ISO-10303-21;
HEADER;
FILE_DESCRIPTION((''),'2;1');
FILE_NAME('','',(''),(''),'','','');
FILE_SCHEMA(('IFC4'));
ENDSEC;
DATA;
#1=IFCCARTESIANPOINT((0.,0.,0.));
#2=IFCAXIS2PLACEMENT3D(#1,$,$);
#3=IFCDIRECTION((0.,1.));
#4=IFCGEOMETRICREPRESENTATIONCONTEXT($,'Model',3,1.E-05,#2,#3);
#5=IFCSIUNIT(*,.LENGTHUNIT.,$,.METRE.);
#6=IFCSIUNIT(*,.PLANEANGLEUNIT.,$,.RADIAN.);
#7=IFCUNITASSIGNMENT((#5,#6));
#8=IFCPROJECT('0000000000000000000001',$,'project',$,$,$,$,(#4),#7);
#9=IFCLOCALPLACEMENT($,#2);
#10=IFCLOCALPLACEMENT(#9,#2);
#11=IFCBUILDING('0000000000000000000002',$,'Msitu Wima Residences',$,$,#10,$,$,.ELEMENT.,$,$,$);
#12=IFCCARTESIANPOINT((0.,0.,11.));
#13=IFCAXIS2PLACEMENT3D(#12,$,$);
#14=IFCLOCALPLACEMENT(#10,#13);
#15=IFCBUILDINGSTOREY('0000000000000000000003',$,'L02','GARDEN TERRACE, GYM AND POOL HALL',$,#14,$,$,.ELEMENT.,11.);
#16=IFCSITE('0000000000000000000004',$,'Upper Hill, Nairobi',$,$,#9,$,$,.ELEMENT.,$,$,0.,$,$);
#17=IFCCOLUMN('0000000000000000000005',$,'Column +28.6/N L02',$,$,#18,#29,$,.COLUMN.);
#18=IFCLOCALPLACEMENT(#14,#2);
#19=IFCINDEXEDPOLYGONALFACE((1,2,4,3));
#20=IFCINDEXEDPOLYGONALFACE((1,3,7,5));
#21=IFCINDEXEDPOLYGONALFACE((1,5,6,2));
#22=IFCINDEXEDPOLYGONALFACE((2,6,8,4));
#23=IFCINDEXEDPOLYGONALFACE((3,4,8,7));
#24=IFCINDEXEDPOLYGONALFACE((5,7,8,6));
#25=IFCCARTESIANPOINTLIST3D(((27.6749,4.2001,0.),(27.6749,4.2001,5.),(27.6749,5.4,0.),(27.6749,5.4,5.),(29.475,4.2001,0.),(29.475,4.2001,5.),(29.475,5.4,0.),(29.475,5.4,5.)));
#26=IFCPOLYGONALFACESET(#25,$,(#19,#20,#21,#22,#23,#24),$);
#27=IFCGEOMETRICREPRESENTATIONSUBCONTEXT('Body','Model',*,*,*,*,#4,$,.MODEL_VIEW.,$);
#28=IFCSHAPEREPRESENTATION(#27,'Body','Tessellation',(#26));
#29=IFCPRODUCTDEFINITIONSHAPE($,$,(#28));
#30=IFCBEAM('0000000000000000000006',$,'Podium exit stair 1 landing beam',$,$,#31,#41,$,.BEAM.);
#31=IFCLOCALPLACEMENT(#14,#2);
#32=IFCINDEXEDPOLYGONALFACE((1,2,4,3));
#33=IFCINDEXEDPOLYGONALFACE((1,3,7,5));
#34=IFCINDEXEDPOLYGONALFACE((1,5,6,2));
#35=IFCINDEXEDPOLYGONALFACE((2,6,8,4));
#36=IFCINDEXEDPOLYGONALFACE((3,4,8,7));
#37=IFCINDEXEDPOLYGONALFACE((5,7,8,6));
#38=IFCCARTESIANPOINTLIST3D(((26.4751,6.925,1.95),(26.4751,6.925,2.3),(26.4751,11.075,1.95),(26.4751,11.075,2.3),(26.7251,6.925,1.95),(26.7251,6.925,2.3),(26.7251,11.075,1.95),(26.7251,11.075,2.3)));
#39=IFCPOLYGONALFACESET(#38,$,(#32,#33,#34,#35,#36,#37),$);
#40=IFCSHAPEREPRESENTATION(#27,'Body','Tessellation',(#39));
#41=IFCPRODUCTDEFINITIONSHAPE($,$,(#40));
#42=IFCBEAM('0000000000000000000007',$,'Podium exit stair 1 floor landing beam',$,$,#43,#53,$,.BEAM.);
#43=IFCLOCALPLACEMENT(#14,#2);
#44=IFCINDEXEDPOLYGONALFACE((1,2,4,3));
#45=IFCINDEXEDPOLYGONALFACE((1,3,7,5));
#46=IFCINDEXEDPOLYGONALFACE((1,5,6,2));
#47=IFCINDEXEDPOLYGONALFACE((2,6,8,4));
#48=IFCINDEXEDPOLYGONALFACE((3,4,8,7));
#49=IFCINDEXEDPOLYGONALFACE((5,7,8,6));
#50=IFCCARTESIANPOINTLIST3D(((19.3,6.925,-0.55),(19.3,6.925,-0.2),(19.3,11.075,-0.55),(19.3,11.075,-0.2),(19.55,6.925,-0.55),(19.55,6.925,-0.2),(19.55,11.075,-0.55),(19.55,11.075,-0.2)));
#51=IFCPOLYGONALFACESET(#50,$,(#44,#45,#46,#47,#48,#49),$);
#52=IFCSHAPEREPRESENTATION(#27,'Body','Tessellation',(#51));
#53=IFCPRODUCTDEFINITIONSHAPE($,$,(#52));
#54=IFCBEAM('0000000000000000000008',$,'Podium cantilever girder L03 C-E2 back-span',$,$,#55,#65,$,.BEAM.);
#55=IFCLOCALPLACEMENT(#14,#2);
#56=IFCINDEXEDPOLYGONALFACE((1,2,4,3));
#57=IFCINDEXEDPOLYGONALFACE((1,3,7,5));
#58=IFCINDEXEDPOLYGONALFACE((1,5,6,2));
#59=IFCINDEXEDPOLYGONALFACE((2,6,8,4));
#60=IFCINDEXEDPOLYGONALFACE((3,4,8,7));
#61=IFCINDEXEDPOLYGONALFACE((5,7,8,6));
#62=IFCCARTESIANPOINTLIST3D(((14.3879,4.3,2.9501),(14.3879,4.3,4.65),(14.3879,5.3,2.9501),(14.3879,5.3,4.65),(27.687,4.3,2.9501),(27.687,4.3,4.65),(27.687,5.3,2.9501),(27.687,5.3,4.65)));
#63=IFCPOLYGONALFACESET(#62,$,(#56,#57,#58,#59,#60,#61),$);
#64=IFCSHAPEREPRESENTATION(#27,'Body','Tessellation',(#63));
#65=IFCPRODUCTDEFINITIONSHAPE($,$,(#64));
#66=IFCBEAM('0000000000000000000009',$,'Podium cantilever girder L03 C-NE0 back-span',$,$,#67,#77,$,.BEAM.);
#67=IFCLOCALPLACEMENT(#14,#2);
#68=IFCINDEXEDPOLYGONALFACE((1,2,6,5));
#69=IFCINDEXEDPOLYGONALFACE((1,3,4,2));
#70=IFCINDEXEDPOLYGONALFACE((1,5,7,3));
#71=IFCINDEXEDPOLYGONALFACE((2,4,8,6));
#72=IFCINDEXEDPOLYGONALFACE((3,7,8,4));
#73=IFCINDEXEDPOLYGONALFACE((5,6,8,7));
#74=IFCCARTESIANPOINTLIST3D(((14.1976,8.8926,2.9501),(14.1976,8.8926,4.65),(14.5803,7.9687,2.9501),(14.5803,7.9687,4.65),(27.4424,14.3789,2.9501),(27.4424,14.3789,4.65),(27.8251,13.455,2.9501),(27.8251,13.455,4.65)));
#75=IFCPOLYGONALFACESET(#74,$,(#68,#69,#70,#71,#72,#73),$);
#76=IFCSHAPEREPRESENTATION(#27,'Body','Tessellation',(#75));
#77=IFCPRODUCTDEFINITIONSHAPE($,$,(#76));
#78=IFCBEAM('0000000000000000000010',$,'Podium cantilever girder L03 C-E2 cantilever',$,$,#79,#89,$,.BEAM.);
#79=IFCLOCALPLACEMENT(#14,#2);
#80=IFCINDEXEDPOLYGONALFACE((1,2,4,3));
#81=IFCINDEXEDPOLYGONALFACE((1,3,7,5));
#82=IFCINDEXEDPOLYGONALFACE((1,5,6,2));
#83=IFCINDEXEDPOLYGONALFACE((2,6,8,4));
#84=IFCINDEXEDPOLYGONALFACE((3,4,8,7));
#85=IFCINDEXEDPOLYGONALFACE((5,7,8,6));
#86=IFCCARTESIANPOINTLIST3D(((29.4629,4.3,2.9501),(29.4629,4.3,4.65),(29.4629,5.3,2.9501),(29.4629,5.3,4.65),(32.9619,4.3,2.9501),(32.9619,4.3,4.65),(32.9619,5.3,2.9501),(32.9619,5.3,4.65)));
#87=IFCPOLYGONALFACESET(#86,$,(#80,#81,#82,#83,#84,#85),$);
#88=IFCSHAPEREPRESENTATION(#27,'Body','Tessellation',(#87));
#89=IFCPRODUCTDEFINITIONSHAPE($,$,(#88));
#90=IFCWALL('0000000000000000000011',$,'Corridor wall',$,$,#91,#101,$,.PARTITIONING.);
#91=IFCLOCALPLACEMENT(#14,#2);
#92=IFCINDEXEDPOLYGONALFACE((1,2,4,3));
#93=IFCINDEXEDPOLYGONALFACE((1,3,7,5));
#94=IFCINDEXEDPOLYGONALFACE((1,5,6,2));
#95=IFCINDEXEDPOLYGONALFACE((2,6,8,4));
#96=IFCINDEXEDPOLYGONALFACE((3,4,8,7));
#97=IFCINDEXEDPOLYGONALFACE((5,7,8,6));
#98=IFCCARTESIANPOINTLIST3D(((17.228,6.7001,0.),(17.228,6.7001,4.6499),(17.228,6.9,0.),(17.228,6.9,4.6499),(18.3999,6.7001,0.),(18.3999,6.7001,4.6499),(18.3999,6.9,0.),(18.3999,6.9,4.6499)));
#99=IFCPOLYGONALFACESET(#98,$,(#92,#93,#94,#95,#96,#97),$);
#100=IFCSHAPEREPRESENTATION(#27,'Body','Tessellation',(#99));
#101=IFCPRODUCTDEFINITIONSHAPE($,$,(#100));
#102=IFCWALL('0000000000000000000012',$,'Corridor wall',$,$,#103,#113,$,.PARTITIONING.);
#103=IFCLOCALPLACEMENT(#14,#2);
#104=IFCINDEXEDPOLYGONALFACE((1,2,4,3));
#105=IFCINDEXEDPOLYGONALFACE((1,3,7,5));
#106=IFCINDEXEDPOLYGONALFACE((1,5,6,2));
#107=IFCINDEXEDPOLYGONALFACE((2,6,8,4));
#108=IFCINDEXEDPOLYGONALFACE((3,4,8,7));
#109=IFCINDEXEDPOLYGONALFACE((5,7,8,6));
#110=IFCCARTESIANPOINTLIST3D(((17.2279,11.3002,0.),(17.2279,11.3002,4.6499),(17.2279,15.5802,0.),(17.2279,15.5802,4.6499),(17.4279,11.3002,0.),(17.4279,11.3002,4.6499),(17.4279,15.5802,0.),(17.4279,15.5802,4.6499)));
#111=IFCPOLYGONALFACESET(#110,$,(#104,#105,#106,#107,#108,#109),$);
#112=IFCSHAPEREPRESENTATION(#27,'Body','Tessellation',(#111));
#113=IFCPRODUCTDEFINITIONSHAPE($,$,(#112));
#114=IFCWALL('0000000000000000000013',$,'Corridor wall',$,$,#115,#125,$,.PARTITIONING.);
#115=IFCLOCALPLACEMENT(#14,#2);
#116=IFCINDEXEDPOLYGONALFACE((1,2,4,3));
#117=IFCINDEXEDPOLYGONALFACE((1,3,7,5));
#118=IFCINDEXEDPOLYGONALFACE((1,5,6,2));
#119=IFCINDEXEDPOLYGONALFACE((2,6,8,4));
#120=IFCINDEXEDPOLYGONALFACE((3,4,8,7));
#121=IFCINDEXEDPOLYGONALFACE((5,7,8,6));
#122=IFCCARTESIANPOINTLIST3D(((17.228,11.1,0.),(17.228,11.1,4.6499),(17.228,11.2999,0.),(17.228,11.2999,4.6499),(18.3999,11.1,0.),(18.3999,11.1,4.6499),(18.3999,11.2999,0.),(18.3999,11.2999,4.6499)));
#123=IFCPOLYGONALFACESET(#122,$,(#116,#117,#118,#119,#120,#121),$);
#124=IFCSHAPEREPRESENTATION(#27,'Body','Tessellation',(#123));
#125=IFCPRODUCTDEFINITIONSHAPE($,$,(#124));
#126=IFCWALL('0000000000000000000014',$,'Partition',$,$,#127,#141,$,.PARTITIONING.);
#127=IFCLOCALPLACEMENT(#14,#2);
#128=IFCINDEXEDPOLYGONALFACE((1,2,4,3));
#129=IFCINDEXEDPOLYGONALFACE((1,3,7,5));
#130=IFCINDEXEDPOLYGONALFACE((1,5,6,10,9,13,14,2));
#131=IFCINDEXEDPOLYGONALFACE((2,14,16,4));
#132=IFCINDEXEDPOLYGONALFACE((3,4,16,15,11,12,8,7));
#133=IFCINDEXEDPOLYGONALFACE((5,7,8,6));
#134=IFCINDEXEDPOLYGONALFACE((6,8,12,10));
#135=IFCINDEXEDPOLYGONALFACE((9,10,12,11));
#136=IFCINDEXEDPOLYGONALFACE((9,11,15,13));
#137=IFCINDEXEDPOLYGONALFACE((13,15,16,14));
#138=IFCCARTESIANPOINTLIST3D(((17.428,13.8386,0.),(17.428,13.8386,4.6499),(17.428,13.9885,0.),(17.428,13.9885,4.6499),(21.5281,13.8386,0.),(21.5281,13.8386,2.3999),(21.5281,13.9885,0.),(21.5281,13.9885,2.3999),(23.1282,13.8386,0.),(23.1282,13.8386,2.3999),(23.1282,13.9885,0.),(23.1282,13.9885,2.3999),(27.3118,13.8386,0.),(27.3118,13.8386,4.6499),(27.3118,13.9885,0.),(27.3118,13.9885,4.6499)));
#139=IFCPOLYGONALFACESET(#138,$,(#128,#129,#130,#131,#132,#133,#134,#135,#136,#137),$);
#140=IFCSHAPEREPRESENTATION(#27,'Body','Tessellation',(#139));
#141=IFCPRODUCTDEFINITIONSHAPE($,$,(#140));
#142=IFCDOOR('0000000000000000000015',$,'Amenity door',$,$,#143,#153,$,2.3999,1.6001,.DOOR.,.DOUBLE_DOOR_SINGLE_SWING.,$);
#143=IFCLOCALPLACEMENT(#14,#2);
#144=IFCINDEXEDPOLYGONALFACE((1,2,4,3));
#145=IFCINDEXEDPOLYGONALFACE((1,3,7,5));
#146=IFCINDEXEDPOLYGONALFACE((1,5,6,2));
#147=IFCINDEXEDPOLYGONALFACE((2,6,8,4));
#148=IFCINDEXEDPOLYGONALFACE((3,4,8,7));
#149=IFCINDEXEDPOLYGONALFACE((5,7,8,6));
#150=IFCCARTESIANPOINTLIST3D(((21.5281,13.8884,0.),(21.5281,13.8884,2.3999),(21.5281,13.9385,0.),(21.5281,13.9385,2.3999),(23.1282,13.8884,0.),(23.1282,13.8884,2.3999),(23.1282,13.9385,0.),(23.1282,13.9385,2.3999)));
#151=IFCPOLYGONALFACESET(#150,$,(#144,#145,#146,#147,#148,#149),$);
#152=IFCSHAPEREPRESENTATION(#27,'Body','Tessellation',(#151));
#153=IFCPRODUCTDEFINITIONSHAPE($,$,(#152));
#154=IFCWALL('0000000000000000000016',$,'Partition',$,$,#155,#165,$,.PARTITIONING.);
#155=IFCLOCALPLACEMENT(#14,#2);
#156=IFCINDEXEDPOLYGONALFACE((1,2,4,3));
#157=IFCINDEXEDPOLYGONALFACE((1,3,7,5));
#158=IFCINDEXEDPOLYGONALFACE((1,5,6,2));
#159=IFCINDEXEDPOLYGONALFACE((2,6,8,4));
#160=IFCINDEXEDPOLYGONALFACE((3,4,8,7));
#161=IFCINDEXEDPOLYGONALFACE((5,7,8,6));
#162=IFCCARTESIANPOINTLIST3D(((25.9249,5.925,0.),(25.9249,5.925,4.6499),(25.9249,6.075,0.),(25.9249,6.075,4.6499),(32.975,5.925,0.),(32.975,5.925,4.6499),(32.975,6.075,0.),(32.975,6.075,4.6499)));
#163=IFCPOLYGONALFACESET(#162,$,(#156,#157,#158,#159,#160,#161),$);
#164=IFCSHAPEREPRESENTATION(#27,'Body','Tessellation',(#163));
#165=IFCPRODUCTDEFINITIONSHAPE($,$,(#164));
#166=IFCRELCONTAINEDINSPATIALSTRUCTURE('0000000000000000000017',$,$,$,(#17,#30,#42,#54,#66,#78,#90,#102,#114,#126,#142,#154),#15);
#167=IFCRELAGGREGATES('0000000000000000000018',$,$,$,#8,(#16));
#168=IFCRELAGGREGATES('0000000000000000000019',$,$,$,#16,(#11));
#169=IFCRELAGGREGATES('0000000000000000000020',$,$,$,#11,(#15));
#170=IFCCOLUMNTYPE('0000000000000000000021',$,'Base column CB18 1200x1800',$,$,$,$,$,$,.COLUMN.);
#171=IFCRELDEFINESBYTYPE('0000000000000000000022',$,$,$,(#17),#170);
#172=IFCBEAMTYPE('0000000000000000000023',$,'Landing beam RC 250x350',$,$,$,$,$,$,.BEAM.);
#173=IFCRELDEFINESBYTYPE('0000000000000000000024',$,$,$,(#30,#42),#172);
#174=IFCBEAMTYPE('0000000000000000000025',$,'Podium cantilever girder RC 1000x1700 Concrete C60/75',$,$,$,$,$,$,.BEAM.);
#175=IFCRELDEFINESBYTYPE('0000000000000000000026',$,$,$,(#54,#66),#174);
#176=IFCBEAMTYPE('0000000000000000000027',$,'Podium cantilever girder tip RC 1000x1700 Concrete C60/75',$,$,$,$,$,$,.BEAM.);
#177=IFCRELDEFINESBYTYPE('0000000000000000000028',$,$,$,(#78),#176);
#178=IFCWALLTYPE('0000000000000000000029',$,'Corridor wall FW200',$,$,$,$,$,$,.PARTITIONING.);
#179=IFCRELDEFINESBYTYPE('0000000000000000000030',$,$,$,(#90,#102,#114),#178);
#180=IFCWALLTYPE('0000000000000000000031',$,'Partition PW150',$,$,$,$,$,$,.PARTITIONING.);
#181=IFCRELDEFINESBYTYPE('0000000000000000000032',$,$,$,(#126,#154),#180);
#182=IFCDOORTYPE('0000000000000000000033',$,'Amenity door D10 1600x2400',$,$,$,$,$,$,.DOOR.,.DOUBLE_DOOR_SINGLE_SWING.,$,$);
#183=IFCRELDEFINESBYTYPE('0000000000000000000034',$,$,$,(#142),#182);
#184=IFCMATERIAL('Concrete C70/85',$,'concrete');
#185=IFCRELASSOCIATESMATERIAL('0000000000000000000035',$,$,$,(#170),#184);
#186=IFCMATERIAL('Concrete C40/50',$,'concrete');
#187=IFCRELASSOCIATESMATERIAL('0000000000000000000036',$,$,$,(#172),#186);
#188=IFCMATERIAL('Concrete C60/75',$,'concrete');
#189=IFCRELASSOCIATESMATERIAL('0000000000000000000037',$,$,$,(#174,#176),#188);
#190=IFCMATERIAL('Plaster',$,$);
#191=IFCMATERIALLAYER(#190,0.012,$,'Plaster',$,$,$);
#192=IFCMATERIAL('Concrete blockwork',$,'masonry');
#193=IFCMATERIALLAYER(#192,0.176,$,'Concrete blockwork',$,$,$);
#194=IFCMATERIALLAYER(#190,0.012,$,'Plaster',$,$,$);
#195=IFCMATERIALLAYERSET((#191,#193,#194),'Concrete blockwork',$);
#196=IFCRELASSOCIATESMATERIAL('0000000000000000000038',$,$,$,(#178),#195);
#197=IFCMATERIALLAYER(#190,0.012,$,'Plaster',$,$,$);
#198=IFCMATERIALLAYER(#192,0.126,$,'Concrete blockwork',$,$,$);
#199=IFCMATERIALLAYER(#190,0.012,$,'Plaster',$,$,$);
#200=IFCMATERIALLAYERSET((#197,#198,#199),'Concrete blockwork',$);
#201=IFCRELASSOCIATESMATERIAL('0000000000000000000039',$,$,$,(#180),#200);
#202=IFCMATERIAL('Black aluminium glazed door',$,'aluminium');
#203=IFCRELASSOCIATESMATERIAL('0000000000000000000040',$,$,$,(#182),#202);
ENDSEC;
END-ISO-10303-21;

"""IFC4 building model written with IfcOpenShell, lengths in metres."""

from ifc_helpers import new_model, si_unit, direction, frame, frame_2d, origin, origin_2d, place, context, subcontext, project, spatial, rectangle, extrude, material, layer, layer_set, material_profile, profile_set, type_object, element, fill, save


model = new_model("IFC4")

# Units and contexts
model_context = context("Model", 3, precision=1e-05, world=origin(), true_north=direction((0.0, 1.0)))
body_context = subcontext(model_context, "Body", "Model", "MODEL_VIEW")
ifc_project = project(units=[si_unit("LENGTHUNIT", "METRE"), si_unit("PLANEANGLEUNIT", "RADIAN")], contexts=[model_context])

# Site, building, storey
site_placement = place(None, origin())
site = spatial("IfcSite", under=ifc_project, at=site_placement, Name="Upper Hill, Nairobi", CompositionType="ELEMENT", RefElevation=0.0)
building_placement = place(site_placement, origin())
building = spatial("IfcBuilding", under=site, at=building_placement, Name="Msitu Wima Residences", CompositionType="ELEMENT")
storey_placement = place(building_placement, frame((0.0, 0.0, 11.0)))
storey = spatial("IfcBuildingStorey", under=building, at=storey_placement, Name="L02", Description="GARDEN TERRACE, GYM AND POOL HALL", CompositionType="ELEMENT", Elevation=11.0)

# Column
ifc_material_1 = material(Name="Concrete C70/85", Category="concrete")
ifc_material_profile_1 = material_profile(ifc_material_1, rectangle(XDim=1.2, YDim=1.8, at=origin_2d()), Name="RC 1200x1800")
ifc_profile_set_1 = profile_set([ifc_material_profile_1], Name="Concrete C70/85")
column_type = type_object("IfcColumnType", Name="Base column CB18 1200x1800", PredefinedType="COLUMN", material=ifc_profile_set_1)
column_placement = place(storey_placement, frame((28.575, 4.8, 0.0), z_axis=(0.0, 0.0, 1.0), x_axis=(0.0, 1.0, 0.0)))
element("IfcColumn", 1, at=column_placement, inside=storey, type_object=column_type, Name="Column +28.6/N L02", PredefinedType="COLUMN", context=body_context, shape_type="SweptSolid", body=[
    extrude(rectangle(XDim=1.2, YDim=1.8, at=origin_2d()), origin(), (0.0, 0.0, 1.0), 5.0),
])

# Beams
ifc_material_2 = material(Name="Concrete C40/50", Category="concrete")
ifc_material_profile_2 = material_profile(ifc_material_2, rectangle(XDim=0.25, YDim=0.3501, at=origin_2d()), Name="RC 250x350")
ifc_profile_set_2 = profile_set([ifc_material_profile_2], Name="Concrete C40/50")
beam_type_1 = type_object("IfcBeamType", Name="Landing beam RC 250x350", PredefinedType="BEAM", material=ifc_profile_set_2)
for number, where, z_axis, x_axis, name in (
    (2, (26.6001, 6.925, 2.125), (0.0, 1.0, 0.0), (-1.0, 0.0, 0.0), "Podium exit stair 1 landing beam"),
    (3, (19.425, 6.925, -0.375), (0.0, 1.0, 0.0), (-1.0, 0.0, 0.0), "Podium exit stair 1 floor landing beam"),
):
    element("IfcBeam", number, at=place(storey_placement, frame(where, z_axis=z_axis, x_axis=x_axis)), inside=storey, type_object=beam_type_1, Name=name, PredefinedType="BEAM", context=body_context, shape_type="SweptSolid", body=[
        extrude(rectangle(XDim=0.25, YDim=0.3501, at=origin_2d()), origin(), (0.0, 0.0, 1.0), 4.1499),
    ])
ifc_material_3 = material(Name="Concrete C60/75", Category="concrete")
ifc_material_profile_3 = material_profile(ifc_material_3, rectangle(XDim=1.0, YDim=1.7, at=origin_2d()), Name="RC 1000x1700")
ifc_profile_set_3 = profile_set([ifc_material_profile_3], Name="Concrete C60/75")
beam_type_2 = type_object("IfcBeamType", Name="Podium cantilever girder RC 1000x1700 Concrete C60/75", PredefinedType="BEAM", material=ifc_profile_set_3)
beam_1_placement = place(storey_placement, frame((14.3879, 4.8, 3.8), z_axis=(1.0, 0.0, 0.0), x_axis=(0.0, 1.0, 0.0)))
element("IfcBeam", 4, at=beam_1_placement, inside=storey, type_object=beam_type_2, Name="Podium cantilever girder L03 C-E2 back-span", PredefinedType="BEAM", context=body_context, shape_type="SweptSolid", body=[
    extrude(rectangle(XDim=1.0, YDim=1.7, at=origin_2d()), origin(), (0.0, 0.0, 1.0), 13.2991),
])
beam_2_placement = place(storey_placement, frame((14.3889, 8.4307, 3.8), z_axis=(0.923877, 0.382691, 0.0), x_axis=(-0.382691, 0.923877, 0.0)))
element("IfcBeam", 5, at=beam_2_placement, inside=storey, type_object=beam_type_2, Name="Podium cantilever girder L03 C-NE0 back-span", PredefinedType="BEAM", context=body_context, shape_type="SweptSolid", body=[
    extrude(rectangle(XDim=1.0, YDim=1.7, at=origin_2d()), origin(), (0.0, 0.0, 1.0), 14.3362),
])
ifc_material_profile_4 = material_profile(ifc_material_3, rectangle(XDim=1.0, YDim=1.7, at=origin_2d()), Name="RC 1000x1700")
ifc_profile_set_4 = profile_set([ifc_material_profile_4], Name="Concrete C60/75")
beam_type_3 = type_object("IfcBeamType", Name="Podium cantilever girder tip RC 1000x1700 Concrete C60/75", PredefinedType="BEAM", material=ifc_profile_set_4)
beam_3_placement = place(storey_placement, frame((29.4629, 4.8, 3.8), z_axis=(1.0, 0.0, 0.0), x_axis=(0.0, 1.0, 0.0)))
element("IfcBeam", 6, at=beam_3_placement, inside=storey, type_object=beam_type_3, Name="Podium cantilever girder L03 C-E2 cantilever", PredefinedType="BEAM", context=body_context, shape_type="SweptSolid", body=[
    extrude(rectangle(XDim=1.0, YDim=1.7, at=origin_2d()), origin(), (0.0, 0.0, 1.0), 3.499),
])

# Walls
ifc_material_4 = material(Name="Plaster")
ifc_layer_1 = layer(ifc_material_4, 0.012, Name="Plaster")
ifc_material_5 = material(Name="Concrete blockwork", Category="masonry")
ifc_layer_2 = layer(ifc_material_5, 0.176, Name="Concrete blockwork")
ifc_layer_3 = layer(ifc_material_4, 0.012, Name="Plaster")
ifc_layer_set_1 = layer_set([ifc_layer_1, ifc_layer_2, ifc_layer_3], Name="Concrete blockwork")
wall_type_1 = type_object("IfcWallType", Name="Corridor wall FW200", PredefinedType="PARTITIONING", material=ifc_layer_set_1)
wall_1_placement = place(storey_placement, frame((17.228, 6.8, 0.0), z_axis=(0.0, 0.0, 1.0), x_axis=(1.0, 0.0, 0.0)))
element("IfcWall", 7, at=wall_1_placement, inside=storey, type_object=wall_type_1, Name="Corridor wall", PredefinedType="PARTITIONING", context=body_context, shape_type="SweptSolid", body=[
    extrude(rectangle(XDim=1.1719, YDim=0.2, at=frame_2d((0.5859, 0.0))), origin(), (0.0, 0.0, 1.0), 4.6499),
])
wall_2_placement = place(storey_placement, frame((17.3279, 11.3, 0.0), z_axis=(0.0, 0.0, 1.0), x_axis=(0.0, 1.0, 0.0)))
element("IfcWall", 8, at=wall_2_placement, inside=storey, type_object=wall_type_1, Name="Corridor wall", PredefinedType="PARTITIONING", context=body_context, shape_type="SweptSolid", body=[
    extrude(rectangle(XDim=4.28, YDim=0.2, at=frame_2d((2.1401, 0.0))), origin(), (0.0, 0.0, 1.0), 4.6499),
])
wall_3_placement = place(storey_placement, frame((17.228, 11.2, 0.0), z_axis=(0.0, 0.0, 1.0), x_axis=(1.0, 0.0, 0.0)))
element("IfcWall", 9, at=wall_3_placement, inside=storey, type_object=wall_type_1, Name="Corridor wall", PredefinedType="PARTITIONING", context=body_context, shape_type="SweptSolid", body=[
    extrude(rectangle(XDim=1.1719, YDim=0.2, at=frame_2d((0.5859, 0.0))), origin(), (0.0, 0.0, 1.0), 4.6499),
])

# Wall, opening, door
ifc_layer_4 = layer(ifc_material_4, 0.012, Name="Plaster")
ifc_layer_5 = layer(ifc_material_5, 0.126, Name="Concrete blockwork")
ifc_layer_6 = layer(ifc_material_4, 0.012, Name="Plaster")
ifc_layer_set_2 = layer_set([ifc_layer_4, ifc_layer_5, ifc_layer_6], Name="Concrete blockwork")
wall_type_2 = type_object("IfcWallType", Name="Partition PW150", PredefinedType="PARTITIONING", material=ifc_layer_set_2)
wall_4_placement = place(storey_placement, frame((17.428, 13.9136, 0.0), z_axis=(0.0, 0.0, 1.0), x_axis=(1.0, 0.0, 0.0)))
wall_4 = element("IfcWall", 10, at=wall_4_placement, inside=storey, type_object=wall_type_2, Name="Partition", PredefinedType="PARTITIONING", context=body_context, shape_type="SweptSolid", body=[
    extrude(rectangle(XDim=9.8838, YDim=0.1499, at=frame_2d((4.9419, 0.0))), origin(), (0.0, 0.0, 1.0), 4.6499),
])
opening_1_placement = place(wall_4_placement, frame((4.1001, 0.0, 0.0)))
opening_1 = element("IfcOpeningElement", 11, at=opening_1_placement, cuts=wall_4, PredefinedType="OPENING", context=body_context, shape_type="SweptSolid", body=[
    extrude(rectangle(XDim=1.6001, YDim=2.3999, at=frame_2d((0.8, 1.2))), frame((0.0, 0.085, 0.0), z_axis=(0.0, -1.0, 0.0), x_axis=(1.0, 0.0, 0.0)), (0.0, 0.0, 1.0), 0.1699),
])
ifc_material_6 = material(Name="Black aluminium glazed door", Category="aluminium")
door_type_1 = type_object("IfcDoorType", Name="Amenity door D10 1600x2400", OperationType="DOUBLE_DOOR_SINGLE_SWING", PredefinedType="DOOR", material=ifc_material_6)
door_1_placement = place(opening_1_placement, origin())
door_1 = element("IfcDoor", 12, at=door_1_placement, inside=storey, type_object=door_type_1, Name="Amenity door", OperationType="DOUBLE_DOOR_SINGLE_SWING", OverallHeight=2.3999, OverallWidth=1.6001, PredefinedType="DOOR", context=body_context, shape_type="SweptSolid", body=[
    extrude(rectangle(XDim=1.6001, YDim=2.3999, at=frame_2d((0.8, 1.2))), frame((0.0, 0.0249, 0.0), z_axis=(0.0, -1.0, 0.0), x_axis=(1.0, 0.0, 0.0)), (0.0, 0.0, 1.0), 0.05),
])
fill(opening_1, door_1)

# Wall
wall_5_placement = place(storey_placement, frame((25.925, 6.0, 0.0), z_axis=(0.0, 0.0, 1.0), x_axis=(1.0, 0.0, 0.0)))
element("IfcWall", 13, at=wall_5_placement, inside=storey, type_object=wall_type_2, Name="Partition", PredefinedType="PARTITIONING", context=body_context, shape_type="SweptSolid", body=[
    extrude(rectangle(XDim=7.05, YDim=0.1499, at=frame_2d((3.5249, 0.0))), origin(), (0.0, 0.0, 1.0), 4.6499),
])

save(model, "model.ifc")
